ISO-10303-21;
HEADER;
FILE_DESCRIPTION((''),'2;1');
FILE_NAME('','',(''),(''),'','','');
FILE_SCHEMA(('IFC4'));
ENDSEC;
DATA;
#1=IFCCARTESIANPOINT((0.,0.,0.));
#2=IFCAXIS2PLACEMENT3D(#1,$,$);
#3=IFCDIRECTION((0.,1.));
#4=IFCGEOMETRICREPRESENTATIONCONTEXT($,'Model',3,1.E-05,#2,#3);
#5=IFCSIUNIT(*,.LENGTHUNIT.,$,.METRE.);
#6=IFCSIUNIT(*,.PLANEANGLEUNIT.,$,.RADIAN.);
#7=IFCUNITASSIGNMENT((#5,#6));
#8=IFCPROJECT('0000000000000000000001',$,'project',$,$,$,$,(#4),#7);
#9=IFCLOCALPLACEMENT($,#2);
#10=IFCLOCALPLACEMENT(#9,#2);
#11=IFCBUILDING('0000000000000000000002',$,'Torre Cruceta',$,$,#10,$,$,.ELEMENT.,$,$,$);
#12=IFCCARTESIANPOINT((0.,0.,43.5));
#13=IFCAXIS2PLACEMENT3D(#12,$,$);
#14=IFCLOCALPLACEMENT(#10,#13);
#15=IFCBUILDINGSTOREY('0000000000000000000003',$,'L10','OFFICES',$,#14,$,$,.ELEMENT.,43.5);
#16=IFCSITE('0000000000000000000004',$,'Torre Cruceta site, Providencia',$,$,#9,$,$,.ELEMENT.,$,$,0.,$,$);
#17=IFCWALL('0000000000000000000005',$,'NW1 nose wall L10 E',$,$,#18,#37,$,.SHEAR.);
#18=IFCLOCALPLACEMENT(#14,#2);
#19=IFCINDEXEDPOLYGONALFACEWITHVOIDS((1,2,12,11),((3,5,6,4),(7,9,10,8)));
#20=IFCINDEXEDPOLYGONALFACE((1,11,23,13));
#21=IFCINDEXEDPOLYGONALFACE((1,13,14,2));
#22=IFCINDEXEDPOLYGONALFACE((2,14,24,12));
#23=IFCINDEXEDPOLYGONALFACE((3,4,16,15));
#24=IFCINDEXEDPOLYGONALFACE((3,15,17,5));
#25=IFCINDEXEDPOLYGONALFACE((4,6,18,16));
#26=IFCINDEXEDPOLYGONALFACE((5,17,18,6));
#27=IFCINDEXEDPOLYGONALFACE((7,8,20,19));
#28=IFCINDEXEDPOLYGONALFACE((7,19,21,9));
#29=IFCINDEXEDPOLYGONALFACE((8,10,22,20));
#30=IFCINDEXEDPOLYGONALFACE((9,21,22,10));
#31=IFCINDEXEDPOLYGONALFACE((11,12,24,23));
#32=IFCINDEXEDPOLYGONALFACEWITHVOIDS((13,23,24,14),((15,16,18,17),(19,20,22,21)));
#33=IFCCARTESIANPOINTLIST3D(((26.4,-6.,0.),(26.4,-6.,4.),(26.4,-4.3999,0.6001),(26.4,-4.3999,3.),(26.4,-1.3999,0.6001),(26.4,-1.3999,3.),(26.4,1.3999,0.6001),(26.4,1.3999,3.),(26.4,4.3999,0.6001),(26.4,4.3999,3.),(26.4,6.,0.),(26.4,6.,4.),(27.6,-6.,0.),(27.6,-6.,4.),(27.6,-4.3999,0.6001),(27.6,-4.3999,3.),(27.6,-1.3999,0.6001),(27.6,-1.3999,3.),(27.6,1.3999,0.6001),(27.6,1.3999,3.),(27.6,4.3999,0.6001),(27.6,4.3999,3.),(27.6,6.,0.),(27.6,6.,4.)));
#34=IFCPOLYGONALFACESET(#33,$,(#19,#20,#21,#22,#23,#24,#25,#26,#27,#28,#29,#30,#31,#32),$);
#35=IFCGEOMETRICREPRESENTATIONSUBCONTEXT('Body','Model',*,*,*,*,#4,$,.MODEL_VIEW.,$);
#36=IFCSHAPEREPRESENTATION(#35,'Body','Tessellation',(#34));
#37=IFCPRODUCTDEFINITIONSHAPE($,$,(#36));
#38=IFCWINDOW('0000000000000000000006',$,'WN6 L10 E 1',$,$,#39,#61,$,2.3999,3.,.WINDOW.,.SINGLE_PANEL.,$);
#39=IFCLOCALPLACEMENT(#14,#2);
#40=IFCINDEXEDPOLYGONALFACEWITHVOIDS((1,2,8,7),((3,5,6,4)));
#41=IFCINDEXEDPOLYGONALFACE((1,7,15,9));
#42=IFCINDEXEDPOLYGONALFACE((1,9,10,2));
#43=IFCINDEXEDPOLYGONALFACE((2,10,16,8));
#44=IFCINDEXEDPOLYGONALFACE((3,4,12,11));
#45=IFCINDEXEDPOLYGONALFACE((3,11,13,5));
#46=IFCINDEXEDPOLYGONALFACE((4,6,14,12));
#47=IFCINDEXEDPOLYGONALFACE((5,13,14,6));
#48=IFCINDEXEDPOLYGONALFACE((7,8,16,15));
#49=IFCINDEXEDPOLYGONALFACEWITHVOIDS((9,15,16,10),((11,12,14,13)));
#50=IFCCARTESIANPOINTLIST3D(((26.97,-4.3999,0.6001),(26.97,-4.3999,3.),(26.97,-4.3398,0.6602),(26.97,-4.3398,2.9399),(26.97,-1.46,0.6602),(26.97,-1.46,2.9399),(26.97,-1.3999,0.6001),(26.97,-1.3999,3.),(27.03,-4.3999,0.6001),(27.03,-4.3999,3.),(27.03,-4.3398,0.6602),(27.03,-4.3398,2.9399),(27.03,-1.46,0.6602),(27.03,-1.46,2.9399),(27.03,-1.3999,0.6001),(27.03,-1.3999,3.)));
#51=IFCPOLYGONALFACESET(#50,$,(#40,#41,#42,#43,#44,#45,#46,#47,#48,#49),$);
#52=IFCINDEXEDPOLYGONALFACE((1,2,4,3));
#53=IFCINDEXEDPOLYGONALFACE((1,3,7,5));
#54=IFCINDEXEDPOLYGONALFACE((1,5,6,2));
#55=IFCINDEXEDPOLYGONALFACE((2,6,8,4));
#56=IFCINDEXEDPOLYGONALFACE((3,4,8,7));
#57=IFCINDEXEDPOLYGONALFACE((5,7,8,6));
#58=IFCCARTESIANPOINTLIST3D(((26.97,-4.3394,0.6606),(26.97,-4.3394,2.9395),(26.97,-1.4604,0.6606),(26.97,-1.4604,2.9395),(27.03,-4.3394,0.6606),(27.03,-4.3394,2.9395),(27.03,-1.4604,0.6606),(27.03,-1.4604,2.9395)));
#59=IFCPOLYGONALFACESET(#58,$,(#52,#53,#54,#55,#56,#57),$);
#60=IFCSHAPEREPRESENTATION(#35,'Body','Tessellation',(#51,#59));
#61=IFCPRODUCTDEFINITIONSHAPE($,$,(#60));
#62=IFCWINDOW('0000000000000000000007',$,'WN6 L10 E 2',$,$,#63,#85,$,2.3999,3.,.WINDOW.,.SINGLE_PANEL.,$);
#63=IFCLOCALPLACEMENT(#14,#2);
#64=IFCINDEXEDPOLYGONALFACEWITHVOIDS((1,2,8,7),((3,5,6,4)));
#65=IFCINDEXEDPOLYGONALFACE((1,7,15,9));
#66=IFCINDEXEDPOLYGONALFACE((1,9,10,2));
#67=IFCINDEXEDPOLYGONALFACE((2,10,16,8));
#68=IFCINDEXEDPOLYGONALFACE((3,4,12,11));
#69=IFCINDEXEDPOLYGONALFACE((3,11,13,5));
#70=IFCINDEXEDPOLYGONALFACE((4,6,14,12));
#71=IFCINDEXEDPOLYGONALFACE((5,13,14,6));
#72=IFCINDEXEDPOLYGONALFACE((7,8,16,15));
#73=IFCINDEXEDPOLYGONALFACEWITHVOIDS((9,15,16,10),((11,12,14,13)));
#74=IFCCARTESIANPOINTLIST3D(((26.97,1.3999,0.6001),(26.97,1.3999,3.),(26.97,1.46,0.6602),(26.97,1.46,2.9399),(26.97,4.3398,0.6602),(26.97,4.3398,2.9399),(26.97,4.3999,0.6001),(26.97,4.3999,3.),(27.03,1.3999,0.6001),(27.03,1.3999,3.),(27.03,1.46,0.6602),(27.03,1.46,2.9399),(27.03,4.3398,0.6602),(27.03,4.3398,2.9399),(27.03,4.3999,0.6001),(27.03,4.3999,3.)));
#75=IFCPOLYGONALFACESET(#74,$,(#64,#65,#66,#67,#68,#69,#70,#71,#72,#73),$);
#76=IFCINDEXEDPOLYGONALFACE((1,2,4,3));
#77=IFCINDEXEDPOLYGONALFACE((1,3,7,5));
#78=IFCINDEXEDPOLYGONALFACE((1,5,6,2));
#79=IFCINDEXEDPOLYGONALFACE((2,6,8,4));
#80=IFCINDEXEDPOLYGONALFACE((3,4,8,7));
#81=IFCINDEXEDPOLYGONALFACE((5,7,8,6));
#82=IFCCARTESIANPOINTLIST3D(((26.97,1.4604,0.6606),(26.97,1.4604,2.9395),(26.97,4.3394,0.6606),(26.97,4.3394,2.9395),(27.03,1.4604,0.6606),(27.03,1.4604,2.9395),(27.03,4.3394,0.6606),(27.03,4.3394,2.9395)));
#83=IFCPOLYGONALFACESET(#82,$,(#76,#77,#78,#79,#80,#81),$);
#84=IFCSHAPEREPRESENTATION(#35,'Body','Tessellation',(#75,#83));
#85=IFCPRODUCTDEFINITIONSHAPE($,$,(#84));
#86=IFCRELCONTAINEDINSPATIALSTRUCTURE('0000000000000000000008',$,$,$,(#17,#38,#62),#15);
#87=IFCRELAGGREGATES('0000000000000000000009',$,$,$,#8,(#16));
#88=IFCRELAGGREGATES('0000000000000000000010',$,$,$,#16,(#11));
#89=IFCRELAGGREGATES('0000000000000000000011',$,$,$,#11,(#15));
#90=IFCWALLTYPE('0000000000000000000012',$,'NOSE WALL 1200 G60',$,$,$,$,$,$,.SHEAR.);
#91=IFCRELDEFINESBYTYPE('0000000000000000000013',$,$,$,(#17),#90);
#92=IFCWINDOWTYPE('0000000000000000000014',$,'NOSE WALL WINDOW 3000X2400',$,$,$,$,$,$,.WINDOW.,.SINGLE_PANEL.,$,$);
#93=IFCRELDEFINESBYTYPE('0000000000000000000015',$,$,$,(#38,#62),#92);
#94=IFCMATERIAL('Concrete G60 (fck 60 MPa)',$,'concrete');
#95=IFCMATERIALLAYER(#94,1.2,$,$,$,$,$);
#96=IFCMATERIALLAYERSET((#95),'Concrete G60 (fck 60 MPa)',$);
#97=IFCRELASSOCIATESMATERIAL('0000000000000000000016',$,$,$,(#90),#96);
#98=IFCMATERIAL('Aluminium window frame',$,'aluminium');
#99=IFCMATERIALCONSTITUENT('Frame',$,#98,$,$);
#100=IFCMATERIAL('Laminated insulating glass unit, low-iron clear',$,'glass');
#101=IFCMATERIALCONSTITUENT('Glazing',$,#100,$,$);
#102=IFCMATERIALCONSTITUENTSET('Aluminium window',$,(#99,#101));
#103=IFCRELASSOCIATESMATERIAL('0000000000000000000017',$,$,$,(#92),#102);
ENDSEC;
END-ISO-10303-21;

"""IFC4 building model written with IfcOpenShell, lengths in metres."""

from ifc_helpers import new_model, si_unit, direction, frame, frame_2d, origin, place, context, subcontext, project, spatial, rectangle, hollow_rectangle, extrude, material, layer, layer_set, constituent, constituent_set, type_object, element, fill, save


model = new_model("IFC4")

# Units and contexts
model_context = context("Model", 3, precision=1e-05, world=origin(), true_north=direction((0.0, 1.0)))
body_context = subcontext(model_context, "Body", "Model", "MODEL_VIEW")
ifc_project = project(units=[si_unit("LENGTHUNIT", "METRE"), si_unit("PLANEANGLEUNIT", "RADIAN")], contexts=[model_context])

# Site, building, storey
site_placement = place(None, origin())
site = spatial("IfcSite", under=ifc_project, at=site_placement, Name="Torre Cruceta site, Providencia", CompositionType="ELEMENT", RefElevation=0.0)
building_placement = place(site_placement, origin())
building = spatial("IfcBuilding", under=site, at=building_placement, Name="Torre Cruceta", CompositionType="ELEMENT")
storey_placement = place(building_placement, frame((0.0, 0.0, 43.5)))
storey = spatial("IfcBuildingStorey", under=building, at=storey_placement, Name="L10", Description="OFFICES", CompositionType="ELEMENT", Elevation=43.5)

# Wall, openings, windows
ifc_material_1 = material(Name="Concrete G60 (fck 60 MPa)", Category="concrete")
ifc_layer = layer(ifc_material_1, 1.2)
ifc_layer_set = layer_set([ifc_layer], Name="Concrete G60 (fck 60 MPa)")
wall_type = type_object("IfcWallType", Name="NOSE WALL 1200 G60", PredefinedType="SHEAR", material=ifc_layer_set)
wall_placement = place(storey_placement, frame((27.0, -6.0, 0.0), z_axis=(0.0, 0.0, 1.0), x_axis=(0.0, 1.0, 0.0)))
wall = element("IfcWall", 1, at=wall_placement, inside=storey, type_object=wall_type, Name="NW1 nose wall L10 E", PredefinedType="SHEAR", context=body_context, shape_type="SweptSolid", body=[
    extrude(rectangle(XDim=12.0, YDim=1.2, at=frame_2d((6.0, 0.0))), origin(), (0.0, 0.0, 1.0), 4.0),
])
opening_1_placement = place(wall_placement, frame((1.6001, 0.0, 0.6001)))
opening_1 = element("IfcOpeningElement", 2, at=opening_1_placement, cuts=wall, PredefinedType="OPENING", context=body_context, shape_type="SweptSolid", body=[
    extrude(rectangle(XDim=3.0, YDim=2.3999, at=frame_2d((1.5, 1.2))), frame((0.0, 0.6099, 0.0), z_axis=(0.0, -1.0, 0.0), x_axis=(1.0, 0.0, 0.0)), (0.0, 0.0, 1.0), 1.22),
])
opening_2_placement = place(wall_placement, frame((7.3999, 0.0, 0.6001)))
opening_2 = element("IfcOpeningElement", 3, at=opening_2_placement, cuts=wall, PredefinedType="OPENING", context=body_context, shape_type="SweptSolid", body=[
    extrude(rectangle(XDim=3.0, YDim=2.3999, at=frame_2d((1.5, 1.2))), frame((0.0, 0.6099, 0.0), z_axis=(0.0, -1.0, 0.0), x_axis=(1.0, 0.0, 0.0)), (0.0, 0.0, 1.0), 1.22),
])
ifc_material_2 = material(Name="Aluminium window frame", Category="aluminium")
ifc_constituent_1 = constituent(ifc_material_2, Name="Frame")
ifc_material_3 = material(Name="Laminated insulating glass unit, low-iron clear", Category="glass")
ifc_constituent_2 = constituent(ifc_material_3, Name="Glazing")
ifc_constituent_set = constituent_set(constituents=[ifc_constituent_1, ifc_constituent_2], Name="Aluminium window")
window_type = type_object("IfcWindowType", Name="NOSE WALL WINDOW 3000X2400", PartitioningType="SINGLE_PANEL", PredefinedType="WINDOW", material=ifc_constituent_set)
window_1_placement = place(opening_1_placement, origin())
window_1 = element("IfcWindow", 4, at=window_1_placement, inside=storey, type_object=window_type, Name="WN6 L10 E 1", OverallHeight=2.3999, OverallWidth=3.0, PartitioningType="SINGLE_PANEL", PredefinedType="WINDOW", context=body_context, shape_type="SweptSolid", body=[
    extrude(hollow_rectangle(XDim=3.0, YDim=2.3999, WallThickness=0.0601, at=frame_2d((1.5, 1.2))), frame((0.0, 0.03, 0.0), z_axis=(0.0, -1.0, 0.0), x_axis=(1.0, 0.0, 0.0)), (0.0, 0.0, 1.0), 0.0601),
    extrude(rectangle(XDim=2.8789, YDim=2.2788, at=frame_2d((1.5, 1.2))), frame((0.0, 0.03, 0.0), z_axis=(0.0, -1.0, 0.0), x_axis=(1.0, 0.0, 0.0)), (0.0, 0.0, 1.0), 0.0601),
])
fill(opening_1, window_1)
window_2_placement = place(opening_2_placement, origin())
window_2 = element("IfcWindow", 5, at=window_2_placement, inside=storey, type_object=window_type, Name="WN6 L10 E 2", OverallHeight=2.3999, OverallWidth=3.0, PartitioningType="SINGLE_PANEL", PredefinedType="WINDOW", context=body_context, shape_type="SweptSolid", body=[
    extrude(hollow_rectangle(XDim=3.0, YDim=2.3999, WallThickness=0.0601, at=frame_2d((1.5, 1.2))), frame((0.0, 0.03, 0.0), z_axis=(0.0, -1.0, 0.0), x_axis=(1.0, 0.0, 0.0)), (0.0, 0.0, 1.0), 0.0601),
    extrude(rectangle(XDim=2.8789, YDim=2.2788, at=frame_2d((1.5, 1.2))), frame((0.0, 0.03, 0.0), z_axis=(0.0, -1.0, 0.0), x_axis=(1.0, 0.0, 0.0)), (0.0, 0.0, 1.0), 0.0601),
])
fill(opening_2, window_2)

save(model, "model.ifc")
